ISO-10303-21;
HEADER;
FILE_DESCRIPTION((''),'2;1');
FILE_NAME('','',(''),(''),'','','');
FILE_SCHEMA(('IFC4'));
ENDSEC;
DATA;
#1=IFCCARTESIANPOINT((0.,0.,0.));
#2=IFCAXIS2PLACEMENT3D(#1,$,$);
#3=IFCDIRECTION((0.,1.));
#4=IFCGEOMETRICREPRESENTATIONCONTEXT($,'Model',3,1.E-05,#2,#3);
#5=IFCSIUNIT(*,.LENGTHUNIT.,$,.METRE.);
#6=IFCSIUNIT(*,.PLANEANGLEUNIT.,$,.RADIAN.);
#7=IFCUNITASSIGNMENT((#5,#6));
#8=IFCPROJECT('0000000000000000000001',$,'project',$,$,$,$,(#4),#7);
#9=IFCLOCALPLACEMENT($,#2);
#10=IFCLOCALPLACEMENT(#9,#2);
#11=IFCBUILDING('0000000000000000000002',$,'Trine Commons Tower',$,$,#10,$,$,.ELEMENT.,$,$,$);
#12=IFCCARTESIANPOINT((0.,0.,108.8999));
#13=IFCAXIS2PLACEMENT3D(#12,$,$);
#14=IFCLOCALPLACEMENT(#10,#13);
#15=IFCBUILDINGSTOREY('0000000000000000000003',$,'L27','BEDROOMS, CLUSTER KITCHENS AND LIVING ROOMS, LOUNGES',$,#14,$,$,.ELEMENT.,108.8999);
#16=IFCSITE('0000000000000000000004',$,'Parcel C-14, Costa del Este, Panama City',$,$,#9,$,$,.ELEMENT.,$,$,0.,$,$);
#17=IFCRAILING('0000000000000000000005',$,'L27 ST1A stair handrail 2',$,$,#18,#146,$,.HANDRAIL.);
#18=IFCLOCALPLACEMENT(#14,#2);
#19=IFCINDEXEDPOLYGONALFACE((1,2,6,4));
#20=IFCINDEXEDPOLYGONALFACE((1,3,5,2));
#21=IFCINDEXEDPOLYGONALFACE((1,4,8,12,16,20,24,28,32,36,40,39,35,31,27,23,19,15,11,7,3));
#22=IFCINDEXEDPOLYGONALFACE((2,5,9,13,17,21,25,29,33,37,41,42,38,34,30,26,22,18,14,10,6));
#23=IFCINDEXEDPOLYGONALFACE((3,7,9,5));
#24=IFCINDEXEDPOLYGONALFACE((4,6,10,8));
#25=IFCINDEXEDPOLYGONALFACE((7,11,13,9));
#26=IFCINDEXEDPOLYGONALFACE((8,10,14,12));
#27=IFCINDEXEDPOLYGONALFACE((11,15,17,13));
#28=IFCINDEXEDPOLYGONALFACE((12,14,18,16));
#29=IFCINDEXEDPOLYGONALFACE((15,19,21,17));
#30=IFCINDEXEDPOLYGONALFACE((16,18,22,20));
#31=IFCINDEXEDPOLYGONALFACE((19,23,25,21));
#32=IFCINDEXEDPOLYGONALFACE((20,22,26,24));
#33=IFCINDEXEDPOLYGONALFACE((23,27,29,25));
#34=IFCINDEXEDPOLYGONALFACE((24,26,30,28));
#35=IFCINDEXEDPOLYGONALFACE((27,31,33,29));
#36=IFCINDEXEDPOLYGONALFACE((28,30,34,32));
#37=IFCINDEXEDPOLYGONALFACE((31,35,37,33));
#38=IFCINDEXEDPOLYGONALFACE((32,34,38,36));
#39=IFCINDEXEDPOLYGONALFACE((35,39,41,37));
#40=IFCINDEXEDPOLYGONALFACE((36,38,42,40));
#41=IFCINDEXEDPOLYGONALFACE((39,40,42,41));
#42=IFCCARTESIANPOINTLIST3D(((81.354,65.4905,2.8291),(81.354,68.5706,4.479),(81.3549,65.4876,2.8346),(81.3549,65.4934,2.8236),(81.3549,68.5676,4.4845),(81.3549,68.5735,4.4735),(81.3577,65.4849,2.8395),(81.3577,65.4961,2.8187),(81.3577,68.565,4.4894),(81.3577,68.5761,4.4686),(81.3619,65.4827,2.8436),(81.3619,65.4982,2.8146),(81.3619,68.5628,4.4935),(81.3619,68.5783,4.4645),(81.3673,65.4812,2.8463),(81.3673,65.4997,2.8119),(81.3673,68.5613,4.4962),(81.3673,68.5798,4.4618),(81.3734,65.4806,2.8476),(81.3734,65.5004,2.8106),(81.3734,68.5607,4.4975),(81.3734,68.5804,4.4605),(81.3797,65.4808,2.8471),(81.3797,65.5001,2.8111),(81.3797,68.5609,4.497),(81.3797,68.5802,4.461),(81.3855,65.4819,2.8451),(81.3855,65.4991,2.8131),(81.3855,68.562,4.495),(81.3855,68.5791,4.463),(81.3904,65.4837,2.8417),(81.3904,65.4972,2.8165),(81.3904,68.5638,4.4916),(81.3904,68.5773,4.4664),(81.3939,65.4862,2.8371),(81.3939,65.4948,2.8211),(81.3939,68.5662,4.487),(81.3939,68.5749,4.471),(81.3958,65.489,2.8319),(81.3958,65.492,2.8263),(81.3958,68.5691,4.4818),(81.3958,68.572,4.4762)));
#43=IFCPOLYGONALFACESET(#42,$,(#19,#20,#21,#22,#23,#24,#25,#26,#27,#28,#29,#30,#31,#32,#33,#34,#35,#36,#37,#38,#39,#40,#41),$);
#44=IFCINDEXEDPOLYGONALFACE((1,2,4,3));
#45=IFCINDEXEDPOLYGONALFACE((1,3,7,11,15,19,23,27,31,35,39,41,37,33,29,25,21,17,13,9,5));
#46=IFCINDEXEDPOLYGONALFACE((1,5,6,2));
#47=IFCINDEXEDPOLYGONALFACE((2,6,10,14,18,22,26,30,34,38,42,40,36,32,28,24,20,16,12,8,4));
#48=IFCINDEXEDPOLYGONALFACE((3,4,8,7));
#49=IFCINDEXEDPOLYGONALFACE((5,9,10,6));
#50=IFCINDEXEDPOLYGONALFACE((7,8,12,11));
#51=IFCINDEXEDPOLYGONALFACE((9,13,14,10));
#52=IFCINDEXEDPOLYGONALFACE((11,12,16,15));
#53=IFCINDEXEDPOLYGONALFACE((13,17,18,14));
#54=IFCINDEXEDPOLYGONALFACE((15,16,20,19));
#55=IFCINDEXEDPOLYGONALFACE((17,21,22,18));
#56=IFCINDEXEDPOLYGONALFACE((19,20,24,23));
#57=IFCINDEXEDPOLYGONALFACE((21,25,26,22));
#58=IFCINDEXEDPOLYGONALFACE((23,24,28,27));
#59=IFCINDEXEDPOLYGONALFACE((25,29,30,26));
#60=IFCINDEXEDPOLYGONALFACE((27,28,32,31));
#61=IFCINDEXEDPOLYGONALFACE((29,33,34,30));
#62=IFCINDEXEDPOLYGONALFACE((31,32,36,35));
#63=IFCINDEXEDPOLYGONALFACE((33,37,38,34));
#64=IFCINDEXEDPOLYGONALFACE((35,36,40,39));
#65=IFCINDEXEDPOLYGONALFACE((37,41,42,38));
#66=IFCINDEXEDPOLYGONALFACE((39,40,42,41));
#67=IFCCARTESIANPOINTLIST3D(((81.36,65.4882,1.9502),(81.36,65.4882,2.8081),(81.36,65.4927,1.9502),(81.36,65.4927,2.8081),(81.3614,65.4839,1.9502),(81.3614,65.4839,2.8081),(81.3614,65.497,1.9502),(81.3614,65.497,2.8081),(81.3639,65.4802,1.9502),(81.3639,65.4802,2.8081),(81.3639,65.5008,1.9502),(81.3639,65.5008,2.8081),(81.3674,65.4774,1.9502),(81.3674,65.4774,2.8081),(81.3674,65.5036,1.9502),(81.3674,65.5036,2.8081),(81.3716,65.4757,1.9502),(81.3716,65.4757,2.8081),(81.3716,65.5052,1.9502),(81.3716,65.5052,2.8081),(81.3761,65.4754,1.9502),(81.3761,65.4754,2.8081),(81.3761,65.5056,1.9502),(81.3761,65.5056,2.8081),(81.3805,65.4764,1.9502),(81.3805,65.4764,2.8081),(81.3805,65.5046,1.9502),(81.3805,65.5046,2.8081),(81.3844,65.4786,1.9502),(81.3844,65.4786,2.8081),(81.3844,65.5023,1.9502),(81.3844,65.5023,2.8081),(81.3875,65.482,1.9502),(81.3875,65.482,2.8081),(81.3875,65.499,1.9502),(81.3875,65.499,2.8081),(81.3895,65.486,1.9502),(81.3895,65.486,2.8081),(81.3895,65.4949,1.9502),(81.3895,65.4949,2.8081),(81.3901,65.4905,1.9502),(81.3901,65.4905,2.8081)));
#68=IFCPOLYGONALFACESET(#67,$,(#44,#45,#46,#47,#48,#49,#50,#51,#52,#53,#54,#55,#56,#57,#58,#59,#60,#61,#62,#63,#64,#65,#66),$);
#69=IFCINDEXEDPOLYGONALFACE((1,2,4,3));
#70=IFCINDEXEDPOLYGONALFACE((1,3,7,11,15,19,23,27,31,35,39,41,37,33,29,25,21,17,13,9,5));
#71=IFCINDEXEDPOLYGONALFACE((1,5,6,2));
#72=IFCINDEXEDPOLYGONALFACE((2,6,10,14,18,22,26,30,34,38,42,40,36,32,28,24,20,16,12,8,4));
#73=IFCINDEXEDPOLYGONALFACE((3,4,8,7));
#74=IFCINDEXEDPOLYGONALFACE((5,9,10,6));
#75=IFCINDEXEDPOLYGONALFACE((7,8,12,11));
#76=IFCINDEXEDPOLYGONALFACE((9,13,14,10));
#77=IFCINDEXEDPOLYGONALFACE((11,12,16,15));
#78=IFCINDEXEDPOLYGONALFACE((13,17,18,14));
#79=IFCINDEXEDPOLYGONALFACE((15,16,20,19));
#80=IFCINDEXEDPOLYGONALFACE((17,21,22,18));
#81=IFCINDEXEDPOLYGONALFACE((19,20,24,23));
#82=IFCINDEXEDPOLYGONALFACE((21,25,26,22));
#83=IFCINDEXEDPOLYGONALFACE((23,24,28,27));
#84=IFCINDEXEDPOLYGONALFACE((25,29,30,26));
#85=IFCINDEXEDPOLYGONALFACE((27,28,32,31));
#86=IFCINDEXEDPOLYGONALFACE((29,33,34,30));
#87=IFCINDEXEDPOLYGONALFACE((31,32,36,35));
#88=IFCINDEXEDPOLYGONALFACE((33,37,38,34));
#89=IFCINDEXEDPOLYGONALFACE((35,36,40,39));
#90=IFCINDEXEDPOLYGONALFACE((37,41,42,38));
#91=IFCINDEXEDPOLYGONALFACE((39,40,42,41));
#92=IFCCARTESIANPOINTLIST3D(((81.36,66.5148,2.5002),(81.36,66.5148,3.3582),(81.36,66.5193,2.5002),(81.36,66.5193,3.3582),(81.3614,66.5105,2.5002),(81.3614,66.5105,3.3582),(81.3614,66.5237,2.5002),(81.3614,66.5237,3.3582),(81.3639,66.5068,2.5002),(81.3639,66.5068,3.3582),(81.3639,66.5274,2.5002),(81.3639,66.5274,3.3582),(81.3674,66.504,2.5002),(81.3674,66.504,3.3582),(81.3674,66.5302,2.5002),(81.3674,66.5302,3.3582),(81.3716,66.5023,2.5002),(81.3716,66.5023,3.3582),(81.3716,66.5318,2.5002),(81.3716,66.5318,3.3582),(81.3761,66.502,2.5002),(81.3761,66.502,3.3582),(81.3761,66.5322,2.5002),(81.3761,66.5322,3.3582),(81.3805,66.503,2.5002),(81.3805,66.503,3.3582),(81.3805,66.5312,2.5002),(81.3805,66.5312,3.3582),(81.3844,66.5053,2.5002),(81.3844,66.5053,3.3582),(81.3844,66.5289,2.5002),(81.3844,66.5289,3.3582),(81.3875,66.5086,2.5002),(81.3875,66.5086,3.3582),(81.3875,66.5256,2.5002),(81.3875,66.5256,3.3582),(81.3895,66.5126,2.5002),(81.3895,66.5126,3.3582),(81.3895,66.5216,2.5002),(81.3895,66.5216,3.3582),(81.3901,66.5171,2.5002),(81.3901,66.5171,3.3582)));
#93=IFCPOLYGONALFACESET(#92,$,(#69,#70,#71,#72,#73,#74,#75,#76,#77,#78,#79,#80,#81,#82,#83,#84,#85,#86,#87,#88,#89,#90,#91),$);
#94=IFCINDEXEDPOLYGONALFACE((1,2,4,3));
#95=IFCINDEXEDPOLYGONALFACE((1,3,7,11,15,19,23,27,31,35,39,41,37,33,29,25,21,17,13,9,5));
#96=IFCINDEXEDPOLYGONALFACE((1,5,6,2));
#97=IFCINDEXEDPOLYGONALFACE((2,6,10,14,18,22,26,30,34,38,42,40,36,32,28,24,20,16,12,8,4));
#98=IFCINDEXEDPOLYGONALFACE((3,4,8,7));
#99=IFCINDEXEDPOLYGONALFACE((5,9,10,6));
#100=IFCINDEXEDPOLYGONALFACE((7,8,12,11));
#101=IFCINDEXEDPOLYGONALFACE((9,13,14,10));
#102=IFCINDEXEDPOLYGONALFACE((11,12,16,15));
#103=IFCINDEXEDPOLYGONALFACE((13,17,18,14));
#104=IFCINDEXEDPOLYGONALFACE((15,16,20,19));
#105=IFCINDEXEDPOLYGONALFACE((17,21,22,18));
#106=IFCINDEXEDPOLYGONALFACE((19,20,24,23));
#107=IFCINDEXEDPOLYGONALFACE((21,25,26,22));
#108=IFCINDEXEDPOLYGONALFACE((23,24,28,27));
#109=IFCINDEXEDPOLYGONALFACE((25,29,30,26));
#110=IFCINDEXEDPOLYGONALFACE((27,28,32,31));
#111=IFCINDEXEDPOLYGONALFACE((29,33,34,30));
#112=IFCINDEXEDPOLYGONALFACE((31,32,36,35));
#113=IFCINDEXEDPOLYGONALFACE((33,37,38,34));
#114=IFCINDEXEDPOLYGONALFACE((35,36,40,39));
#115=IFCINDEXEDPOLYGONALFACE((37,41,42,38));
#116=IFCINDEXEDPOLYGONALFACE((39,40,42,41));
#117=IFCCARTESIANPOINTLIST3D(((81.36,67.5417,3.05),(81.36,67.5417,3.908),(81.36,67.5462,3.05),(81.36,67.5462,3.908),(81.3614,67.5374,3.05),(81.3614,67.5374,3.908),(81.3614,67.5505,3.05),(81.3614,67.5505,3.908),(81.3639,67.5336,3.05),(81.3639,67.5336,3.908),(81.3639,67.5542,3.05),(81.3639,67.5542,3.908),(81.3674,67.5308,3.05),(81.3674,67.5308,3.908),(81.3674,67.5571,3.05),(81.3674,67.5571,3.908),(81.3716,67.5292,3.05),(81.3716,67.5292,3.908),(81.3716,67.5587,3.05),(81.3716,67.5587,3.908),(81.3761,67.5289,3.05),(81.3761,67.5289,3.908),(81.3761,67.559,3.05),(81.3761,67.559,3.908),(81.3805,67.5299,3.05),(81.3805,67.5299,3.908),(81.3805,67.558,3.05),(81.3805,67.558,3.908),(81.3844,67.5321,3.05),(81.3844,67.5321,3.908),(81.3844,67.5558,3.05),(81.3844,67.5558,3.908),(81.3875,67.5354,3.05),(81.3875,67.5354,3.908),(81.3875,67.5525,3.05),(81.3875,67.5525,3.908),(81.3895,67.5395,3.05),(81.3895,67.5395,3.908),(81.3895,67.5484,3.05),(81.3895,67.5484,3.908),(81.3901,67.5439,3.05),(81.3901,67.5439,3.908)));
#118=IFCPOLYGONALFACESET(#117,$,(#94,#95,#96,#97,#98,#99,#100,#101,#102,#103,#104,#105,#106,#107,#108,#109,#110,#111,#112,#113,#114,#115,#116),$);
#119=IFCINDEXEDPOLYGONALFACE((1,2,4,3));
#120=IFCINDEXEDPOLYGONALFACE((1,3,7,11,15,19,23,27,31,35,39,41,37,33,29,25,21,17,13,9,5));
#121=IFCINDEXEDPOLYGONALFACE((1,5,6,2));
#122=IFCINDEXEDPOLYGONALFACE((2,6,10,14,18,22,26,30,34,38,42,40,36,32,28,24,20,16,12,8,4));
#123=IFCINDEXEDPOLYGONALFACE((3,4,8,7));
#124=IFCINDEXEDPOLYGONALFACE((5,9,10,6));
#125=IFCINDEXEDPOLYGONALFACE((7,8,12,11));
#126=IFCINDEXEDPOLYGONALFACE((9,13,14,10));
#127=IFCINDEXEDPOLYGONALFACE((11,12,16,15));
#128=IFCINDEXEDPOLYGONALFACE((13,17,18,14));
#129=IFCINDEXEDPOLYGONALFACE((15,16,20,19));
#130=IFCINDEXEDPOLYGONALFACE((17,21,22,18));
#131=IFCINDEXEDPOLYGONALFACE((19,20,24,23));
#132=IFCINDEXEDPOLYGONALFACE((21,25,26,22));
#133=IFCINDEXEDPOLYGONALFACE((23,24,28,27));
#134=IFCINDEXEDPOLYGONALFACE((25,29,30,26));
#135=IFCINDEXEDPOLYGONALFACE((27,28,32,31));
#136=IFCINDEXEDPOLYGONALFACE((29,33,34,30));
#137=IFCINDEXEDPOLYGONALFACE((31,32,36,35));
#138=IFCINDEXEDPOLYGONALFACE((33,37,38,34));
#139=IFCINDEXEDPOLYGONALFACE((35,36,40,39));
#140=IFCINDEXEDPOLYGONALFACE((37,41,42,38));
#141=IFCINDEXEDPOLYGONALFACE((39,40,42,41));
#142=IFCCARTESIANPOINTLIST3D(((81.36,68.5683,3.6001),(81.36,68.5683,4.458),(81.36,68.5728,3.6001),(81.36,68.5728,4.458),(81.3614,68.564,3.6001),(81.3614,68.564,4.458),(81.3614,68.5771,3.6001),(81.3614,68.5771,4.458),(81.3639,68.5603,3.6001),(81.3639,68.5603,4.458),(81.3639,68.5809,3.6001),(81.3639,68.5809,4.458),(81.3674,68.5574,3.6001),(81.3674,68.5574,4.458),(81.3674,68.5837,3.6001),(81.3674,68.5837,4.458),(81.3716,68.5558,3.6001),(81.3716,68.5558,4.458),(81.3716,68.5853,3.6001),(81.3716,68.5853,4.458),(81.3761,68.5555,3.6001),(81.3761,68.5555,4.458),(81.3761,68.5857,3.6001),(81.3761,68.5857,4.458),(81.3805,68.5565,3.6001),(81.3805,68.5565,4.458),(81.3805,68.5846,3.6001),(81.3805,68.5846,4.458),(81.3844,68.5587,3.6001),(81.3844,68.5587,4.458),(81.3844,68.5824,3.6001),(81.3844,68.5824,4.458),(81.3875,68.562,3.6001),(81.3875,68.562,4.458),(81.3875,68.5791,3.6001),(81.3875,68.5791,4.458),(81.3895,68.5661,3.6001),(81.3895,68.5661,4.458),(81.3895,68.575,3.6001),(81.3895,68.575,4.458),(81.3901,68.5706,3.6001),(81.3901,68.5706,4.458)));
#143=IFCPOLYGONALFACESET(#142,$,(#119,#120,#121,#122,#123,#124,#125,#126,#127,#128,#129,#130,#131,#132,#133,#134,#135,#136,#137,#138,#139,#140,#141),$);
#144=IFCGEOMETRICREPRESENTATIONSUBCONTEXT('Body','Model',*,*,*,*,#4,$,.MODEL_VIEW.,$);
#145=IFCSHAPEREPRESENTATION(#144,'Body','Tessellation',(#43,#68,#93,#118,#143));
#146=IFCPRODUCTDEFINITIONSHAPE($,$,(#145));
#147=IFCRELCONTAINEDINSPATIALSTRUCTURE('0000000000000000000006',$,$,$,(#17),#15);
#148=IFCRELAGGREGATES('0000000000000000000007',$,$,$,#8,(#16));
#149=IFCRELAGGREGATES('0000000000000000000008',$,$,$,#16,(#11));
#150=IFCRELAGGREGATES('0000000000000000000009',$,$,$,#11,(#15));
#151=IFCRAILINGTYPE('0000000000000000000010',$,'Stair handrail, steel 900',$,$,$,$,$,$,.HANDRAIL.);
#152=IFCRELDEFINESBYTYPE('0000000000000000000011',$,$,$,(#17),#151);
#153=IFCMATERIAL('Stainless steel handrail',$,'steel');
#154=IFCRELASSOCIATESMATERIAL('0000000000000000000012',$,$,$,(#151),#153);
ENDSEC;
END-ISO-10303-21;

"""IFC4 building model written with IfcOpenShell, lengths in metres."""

from ifc_helpers import new_model, si_unit, direction, frame, origin, origin_2d, place, context, subcontext, project, spatial, circle, extrude, material, type_object, element, save


model = new_model("IFC4")

# Units and contexts
model_context = context("Model", 3, precision=1e-05, world=origin(), true_north=direction((0.0, 1.0)))
body_context = subcontext(model_context, "Body", "Model", "MODEL_VIEW")
ifc_project = project(units=[si_unit("LENGTHUNIT", "METRE"), si_unit("PLANEANGLEUNIT", "RADIAN")], contexts=[model_context])

# Site, building, storey
site_placement = place(None, origin())
site = spatial("IfcSite", under=ifc_project, at=site_placement, Name="Parcel C-14, Costa del Este, Panama City", CompositionType="ELEMENT", RefElevation=0.0)
building_placement = place(site_placement, origin())
building = spatial("IfcBuilding", under=site, at=building_placement, Name="Trine Commons Tower", CompositionType="ELEMENT")
storey_placement = place(building_placement, frame((0.0, 0.0, 108.8999)))
storey = spatial("IfcBuildingStorey", under=building, at=storey_placement, Name="L27", Description="BEDROOMS, CLUSTER KITCHENS AND LIVING ROOMS, LOUNGES", CompositionType="ELEMENT", Elevation=108.8999)

# Railing
ifc_material_1 = material(Name="Stainless steel handrail", Category="steel")
railing_type_1 = type_object("IfcRailingType", Name="Stair handrail, steel 900", PredefinedType="HANDRAIL", material=ifc_material_1)
railing_1_placement = place(storey_placement, frame((81.375, 65.4905, 1.9502)))
element("IfcRailing", 1, at=railing_1_placement, inside=storey, type_object=railing_type_1, Name="L27 ST1A stair handrail 2", PredefinedType="HANDRAIL", context=body_context, shape_type="SweptSolid", body=[
    extrude(circle(Radius=0.021, at=origin_2d()), frame((0.0, 0.0, 0.8789), z_axis=(0.0, 0.881497, 0.47219), x_axis=(-1.0, 0.0, 0.0)), (0.0, 0.0, 1.0), 3.4941),
    extrude(circle(Radius=0.0151, at=origin_2d()), origin(), (0.0, 0.0, 1.0), 0.8579),
    extrude(circle(Radius=0.0151, at=origin_2d()), frame((0.0, 1.0266, 0.55)), (0.0, 0.0, 1.0), 0.8579),
    extrude(circle(Radius=0.0151, at=origin_2d()), frame((0.0, 2.0535, 1.0999)), (0.0, 0.0, 1.0), 0.8579),
    extrude(circle(Radius=0.0151, at=origin_2d()), frame((0.0, 3.0801, 1.6499)), (0.0, 0.0, 1.0), 0.8579),
])

save(model, "model.ifc")
